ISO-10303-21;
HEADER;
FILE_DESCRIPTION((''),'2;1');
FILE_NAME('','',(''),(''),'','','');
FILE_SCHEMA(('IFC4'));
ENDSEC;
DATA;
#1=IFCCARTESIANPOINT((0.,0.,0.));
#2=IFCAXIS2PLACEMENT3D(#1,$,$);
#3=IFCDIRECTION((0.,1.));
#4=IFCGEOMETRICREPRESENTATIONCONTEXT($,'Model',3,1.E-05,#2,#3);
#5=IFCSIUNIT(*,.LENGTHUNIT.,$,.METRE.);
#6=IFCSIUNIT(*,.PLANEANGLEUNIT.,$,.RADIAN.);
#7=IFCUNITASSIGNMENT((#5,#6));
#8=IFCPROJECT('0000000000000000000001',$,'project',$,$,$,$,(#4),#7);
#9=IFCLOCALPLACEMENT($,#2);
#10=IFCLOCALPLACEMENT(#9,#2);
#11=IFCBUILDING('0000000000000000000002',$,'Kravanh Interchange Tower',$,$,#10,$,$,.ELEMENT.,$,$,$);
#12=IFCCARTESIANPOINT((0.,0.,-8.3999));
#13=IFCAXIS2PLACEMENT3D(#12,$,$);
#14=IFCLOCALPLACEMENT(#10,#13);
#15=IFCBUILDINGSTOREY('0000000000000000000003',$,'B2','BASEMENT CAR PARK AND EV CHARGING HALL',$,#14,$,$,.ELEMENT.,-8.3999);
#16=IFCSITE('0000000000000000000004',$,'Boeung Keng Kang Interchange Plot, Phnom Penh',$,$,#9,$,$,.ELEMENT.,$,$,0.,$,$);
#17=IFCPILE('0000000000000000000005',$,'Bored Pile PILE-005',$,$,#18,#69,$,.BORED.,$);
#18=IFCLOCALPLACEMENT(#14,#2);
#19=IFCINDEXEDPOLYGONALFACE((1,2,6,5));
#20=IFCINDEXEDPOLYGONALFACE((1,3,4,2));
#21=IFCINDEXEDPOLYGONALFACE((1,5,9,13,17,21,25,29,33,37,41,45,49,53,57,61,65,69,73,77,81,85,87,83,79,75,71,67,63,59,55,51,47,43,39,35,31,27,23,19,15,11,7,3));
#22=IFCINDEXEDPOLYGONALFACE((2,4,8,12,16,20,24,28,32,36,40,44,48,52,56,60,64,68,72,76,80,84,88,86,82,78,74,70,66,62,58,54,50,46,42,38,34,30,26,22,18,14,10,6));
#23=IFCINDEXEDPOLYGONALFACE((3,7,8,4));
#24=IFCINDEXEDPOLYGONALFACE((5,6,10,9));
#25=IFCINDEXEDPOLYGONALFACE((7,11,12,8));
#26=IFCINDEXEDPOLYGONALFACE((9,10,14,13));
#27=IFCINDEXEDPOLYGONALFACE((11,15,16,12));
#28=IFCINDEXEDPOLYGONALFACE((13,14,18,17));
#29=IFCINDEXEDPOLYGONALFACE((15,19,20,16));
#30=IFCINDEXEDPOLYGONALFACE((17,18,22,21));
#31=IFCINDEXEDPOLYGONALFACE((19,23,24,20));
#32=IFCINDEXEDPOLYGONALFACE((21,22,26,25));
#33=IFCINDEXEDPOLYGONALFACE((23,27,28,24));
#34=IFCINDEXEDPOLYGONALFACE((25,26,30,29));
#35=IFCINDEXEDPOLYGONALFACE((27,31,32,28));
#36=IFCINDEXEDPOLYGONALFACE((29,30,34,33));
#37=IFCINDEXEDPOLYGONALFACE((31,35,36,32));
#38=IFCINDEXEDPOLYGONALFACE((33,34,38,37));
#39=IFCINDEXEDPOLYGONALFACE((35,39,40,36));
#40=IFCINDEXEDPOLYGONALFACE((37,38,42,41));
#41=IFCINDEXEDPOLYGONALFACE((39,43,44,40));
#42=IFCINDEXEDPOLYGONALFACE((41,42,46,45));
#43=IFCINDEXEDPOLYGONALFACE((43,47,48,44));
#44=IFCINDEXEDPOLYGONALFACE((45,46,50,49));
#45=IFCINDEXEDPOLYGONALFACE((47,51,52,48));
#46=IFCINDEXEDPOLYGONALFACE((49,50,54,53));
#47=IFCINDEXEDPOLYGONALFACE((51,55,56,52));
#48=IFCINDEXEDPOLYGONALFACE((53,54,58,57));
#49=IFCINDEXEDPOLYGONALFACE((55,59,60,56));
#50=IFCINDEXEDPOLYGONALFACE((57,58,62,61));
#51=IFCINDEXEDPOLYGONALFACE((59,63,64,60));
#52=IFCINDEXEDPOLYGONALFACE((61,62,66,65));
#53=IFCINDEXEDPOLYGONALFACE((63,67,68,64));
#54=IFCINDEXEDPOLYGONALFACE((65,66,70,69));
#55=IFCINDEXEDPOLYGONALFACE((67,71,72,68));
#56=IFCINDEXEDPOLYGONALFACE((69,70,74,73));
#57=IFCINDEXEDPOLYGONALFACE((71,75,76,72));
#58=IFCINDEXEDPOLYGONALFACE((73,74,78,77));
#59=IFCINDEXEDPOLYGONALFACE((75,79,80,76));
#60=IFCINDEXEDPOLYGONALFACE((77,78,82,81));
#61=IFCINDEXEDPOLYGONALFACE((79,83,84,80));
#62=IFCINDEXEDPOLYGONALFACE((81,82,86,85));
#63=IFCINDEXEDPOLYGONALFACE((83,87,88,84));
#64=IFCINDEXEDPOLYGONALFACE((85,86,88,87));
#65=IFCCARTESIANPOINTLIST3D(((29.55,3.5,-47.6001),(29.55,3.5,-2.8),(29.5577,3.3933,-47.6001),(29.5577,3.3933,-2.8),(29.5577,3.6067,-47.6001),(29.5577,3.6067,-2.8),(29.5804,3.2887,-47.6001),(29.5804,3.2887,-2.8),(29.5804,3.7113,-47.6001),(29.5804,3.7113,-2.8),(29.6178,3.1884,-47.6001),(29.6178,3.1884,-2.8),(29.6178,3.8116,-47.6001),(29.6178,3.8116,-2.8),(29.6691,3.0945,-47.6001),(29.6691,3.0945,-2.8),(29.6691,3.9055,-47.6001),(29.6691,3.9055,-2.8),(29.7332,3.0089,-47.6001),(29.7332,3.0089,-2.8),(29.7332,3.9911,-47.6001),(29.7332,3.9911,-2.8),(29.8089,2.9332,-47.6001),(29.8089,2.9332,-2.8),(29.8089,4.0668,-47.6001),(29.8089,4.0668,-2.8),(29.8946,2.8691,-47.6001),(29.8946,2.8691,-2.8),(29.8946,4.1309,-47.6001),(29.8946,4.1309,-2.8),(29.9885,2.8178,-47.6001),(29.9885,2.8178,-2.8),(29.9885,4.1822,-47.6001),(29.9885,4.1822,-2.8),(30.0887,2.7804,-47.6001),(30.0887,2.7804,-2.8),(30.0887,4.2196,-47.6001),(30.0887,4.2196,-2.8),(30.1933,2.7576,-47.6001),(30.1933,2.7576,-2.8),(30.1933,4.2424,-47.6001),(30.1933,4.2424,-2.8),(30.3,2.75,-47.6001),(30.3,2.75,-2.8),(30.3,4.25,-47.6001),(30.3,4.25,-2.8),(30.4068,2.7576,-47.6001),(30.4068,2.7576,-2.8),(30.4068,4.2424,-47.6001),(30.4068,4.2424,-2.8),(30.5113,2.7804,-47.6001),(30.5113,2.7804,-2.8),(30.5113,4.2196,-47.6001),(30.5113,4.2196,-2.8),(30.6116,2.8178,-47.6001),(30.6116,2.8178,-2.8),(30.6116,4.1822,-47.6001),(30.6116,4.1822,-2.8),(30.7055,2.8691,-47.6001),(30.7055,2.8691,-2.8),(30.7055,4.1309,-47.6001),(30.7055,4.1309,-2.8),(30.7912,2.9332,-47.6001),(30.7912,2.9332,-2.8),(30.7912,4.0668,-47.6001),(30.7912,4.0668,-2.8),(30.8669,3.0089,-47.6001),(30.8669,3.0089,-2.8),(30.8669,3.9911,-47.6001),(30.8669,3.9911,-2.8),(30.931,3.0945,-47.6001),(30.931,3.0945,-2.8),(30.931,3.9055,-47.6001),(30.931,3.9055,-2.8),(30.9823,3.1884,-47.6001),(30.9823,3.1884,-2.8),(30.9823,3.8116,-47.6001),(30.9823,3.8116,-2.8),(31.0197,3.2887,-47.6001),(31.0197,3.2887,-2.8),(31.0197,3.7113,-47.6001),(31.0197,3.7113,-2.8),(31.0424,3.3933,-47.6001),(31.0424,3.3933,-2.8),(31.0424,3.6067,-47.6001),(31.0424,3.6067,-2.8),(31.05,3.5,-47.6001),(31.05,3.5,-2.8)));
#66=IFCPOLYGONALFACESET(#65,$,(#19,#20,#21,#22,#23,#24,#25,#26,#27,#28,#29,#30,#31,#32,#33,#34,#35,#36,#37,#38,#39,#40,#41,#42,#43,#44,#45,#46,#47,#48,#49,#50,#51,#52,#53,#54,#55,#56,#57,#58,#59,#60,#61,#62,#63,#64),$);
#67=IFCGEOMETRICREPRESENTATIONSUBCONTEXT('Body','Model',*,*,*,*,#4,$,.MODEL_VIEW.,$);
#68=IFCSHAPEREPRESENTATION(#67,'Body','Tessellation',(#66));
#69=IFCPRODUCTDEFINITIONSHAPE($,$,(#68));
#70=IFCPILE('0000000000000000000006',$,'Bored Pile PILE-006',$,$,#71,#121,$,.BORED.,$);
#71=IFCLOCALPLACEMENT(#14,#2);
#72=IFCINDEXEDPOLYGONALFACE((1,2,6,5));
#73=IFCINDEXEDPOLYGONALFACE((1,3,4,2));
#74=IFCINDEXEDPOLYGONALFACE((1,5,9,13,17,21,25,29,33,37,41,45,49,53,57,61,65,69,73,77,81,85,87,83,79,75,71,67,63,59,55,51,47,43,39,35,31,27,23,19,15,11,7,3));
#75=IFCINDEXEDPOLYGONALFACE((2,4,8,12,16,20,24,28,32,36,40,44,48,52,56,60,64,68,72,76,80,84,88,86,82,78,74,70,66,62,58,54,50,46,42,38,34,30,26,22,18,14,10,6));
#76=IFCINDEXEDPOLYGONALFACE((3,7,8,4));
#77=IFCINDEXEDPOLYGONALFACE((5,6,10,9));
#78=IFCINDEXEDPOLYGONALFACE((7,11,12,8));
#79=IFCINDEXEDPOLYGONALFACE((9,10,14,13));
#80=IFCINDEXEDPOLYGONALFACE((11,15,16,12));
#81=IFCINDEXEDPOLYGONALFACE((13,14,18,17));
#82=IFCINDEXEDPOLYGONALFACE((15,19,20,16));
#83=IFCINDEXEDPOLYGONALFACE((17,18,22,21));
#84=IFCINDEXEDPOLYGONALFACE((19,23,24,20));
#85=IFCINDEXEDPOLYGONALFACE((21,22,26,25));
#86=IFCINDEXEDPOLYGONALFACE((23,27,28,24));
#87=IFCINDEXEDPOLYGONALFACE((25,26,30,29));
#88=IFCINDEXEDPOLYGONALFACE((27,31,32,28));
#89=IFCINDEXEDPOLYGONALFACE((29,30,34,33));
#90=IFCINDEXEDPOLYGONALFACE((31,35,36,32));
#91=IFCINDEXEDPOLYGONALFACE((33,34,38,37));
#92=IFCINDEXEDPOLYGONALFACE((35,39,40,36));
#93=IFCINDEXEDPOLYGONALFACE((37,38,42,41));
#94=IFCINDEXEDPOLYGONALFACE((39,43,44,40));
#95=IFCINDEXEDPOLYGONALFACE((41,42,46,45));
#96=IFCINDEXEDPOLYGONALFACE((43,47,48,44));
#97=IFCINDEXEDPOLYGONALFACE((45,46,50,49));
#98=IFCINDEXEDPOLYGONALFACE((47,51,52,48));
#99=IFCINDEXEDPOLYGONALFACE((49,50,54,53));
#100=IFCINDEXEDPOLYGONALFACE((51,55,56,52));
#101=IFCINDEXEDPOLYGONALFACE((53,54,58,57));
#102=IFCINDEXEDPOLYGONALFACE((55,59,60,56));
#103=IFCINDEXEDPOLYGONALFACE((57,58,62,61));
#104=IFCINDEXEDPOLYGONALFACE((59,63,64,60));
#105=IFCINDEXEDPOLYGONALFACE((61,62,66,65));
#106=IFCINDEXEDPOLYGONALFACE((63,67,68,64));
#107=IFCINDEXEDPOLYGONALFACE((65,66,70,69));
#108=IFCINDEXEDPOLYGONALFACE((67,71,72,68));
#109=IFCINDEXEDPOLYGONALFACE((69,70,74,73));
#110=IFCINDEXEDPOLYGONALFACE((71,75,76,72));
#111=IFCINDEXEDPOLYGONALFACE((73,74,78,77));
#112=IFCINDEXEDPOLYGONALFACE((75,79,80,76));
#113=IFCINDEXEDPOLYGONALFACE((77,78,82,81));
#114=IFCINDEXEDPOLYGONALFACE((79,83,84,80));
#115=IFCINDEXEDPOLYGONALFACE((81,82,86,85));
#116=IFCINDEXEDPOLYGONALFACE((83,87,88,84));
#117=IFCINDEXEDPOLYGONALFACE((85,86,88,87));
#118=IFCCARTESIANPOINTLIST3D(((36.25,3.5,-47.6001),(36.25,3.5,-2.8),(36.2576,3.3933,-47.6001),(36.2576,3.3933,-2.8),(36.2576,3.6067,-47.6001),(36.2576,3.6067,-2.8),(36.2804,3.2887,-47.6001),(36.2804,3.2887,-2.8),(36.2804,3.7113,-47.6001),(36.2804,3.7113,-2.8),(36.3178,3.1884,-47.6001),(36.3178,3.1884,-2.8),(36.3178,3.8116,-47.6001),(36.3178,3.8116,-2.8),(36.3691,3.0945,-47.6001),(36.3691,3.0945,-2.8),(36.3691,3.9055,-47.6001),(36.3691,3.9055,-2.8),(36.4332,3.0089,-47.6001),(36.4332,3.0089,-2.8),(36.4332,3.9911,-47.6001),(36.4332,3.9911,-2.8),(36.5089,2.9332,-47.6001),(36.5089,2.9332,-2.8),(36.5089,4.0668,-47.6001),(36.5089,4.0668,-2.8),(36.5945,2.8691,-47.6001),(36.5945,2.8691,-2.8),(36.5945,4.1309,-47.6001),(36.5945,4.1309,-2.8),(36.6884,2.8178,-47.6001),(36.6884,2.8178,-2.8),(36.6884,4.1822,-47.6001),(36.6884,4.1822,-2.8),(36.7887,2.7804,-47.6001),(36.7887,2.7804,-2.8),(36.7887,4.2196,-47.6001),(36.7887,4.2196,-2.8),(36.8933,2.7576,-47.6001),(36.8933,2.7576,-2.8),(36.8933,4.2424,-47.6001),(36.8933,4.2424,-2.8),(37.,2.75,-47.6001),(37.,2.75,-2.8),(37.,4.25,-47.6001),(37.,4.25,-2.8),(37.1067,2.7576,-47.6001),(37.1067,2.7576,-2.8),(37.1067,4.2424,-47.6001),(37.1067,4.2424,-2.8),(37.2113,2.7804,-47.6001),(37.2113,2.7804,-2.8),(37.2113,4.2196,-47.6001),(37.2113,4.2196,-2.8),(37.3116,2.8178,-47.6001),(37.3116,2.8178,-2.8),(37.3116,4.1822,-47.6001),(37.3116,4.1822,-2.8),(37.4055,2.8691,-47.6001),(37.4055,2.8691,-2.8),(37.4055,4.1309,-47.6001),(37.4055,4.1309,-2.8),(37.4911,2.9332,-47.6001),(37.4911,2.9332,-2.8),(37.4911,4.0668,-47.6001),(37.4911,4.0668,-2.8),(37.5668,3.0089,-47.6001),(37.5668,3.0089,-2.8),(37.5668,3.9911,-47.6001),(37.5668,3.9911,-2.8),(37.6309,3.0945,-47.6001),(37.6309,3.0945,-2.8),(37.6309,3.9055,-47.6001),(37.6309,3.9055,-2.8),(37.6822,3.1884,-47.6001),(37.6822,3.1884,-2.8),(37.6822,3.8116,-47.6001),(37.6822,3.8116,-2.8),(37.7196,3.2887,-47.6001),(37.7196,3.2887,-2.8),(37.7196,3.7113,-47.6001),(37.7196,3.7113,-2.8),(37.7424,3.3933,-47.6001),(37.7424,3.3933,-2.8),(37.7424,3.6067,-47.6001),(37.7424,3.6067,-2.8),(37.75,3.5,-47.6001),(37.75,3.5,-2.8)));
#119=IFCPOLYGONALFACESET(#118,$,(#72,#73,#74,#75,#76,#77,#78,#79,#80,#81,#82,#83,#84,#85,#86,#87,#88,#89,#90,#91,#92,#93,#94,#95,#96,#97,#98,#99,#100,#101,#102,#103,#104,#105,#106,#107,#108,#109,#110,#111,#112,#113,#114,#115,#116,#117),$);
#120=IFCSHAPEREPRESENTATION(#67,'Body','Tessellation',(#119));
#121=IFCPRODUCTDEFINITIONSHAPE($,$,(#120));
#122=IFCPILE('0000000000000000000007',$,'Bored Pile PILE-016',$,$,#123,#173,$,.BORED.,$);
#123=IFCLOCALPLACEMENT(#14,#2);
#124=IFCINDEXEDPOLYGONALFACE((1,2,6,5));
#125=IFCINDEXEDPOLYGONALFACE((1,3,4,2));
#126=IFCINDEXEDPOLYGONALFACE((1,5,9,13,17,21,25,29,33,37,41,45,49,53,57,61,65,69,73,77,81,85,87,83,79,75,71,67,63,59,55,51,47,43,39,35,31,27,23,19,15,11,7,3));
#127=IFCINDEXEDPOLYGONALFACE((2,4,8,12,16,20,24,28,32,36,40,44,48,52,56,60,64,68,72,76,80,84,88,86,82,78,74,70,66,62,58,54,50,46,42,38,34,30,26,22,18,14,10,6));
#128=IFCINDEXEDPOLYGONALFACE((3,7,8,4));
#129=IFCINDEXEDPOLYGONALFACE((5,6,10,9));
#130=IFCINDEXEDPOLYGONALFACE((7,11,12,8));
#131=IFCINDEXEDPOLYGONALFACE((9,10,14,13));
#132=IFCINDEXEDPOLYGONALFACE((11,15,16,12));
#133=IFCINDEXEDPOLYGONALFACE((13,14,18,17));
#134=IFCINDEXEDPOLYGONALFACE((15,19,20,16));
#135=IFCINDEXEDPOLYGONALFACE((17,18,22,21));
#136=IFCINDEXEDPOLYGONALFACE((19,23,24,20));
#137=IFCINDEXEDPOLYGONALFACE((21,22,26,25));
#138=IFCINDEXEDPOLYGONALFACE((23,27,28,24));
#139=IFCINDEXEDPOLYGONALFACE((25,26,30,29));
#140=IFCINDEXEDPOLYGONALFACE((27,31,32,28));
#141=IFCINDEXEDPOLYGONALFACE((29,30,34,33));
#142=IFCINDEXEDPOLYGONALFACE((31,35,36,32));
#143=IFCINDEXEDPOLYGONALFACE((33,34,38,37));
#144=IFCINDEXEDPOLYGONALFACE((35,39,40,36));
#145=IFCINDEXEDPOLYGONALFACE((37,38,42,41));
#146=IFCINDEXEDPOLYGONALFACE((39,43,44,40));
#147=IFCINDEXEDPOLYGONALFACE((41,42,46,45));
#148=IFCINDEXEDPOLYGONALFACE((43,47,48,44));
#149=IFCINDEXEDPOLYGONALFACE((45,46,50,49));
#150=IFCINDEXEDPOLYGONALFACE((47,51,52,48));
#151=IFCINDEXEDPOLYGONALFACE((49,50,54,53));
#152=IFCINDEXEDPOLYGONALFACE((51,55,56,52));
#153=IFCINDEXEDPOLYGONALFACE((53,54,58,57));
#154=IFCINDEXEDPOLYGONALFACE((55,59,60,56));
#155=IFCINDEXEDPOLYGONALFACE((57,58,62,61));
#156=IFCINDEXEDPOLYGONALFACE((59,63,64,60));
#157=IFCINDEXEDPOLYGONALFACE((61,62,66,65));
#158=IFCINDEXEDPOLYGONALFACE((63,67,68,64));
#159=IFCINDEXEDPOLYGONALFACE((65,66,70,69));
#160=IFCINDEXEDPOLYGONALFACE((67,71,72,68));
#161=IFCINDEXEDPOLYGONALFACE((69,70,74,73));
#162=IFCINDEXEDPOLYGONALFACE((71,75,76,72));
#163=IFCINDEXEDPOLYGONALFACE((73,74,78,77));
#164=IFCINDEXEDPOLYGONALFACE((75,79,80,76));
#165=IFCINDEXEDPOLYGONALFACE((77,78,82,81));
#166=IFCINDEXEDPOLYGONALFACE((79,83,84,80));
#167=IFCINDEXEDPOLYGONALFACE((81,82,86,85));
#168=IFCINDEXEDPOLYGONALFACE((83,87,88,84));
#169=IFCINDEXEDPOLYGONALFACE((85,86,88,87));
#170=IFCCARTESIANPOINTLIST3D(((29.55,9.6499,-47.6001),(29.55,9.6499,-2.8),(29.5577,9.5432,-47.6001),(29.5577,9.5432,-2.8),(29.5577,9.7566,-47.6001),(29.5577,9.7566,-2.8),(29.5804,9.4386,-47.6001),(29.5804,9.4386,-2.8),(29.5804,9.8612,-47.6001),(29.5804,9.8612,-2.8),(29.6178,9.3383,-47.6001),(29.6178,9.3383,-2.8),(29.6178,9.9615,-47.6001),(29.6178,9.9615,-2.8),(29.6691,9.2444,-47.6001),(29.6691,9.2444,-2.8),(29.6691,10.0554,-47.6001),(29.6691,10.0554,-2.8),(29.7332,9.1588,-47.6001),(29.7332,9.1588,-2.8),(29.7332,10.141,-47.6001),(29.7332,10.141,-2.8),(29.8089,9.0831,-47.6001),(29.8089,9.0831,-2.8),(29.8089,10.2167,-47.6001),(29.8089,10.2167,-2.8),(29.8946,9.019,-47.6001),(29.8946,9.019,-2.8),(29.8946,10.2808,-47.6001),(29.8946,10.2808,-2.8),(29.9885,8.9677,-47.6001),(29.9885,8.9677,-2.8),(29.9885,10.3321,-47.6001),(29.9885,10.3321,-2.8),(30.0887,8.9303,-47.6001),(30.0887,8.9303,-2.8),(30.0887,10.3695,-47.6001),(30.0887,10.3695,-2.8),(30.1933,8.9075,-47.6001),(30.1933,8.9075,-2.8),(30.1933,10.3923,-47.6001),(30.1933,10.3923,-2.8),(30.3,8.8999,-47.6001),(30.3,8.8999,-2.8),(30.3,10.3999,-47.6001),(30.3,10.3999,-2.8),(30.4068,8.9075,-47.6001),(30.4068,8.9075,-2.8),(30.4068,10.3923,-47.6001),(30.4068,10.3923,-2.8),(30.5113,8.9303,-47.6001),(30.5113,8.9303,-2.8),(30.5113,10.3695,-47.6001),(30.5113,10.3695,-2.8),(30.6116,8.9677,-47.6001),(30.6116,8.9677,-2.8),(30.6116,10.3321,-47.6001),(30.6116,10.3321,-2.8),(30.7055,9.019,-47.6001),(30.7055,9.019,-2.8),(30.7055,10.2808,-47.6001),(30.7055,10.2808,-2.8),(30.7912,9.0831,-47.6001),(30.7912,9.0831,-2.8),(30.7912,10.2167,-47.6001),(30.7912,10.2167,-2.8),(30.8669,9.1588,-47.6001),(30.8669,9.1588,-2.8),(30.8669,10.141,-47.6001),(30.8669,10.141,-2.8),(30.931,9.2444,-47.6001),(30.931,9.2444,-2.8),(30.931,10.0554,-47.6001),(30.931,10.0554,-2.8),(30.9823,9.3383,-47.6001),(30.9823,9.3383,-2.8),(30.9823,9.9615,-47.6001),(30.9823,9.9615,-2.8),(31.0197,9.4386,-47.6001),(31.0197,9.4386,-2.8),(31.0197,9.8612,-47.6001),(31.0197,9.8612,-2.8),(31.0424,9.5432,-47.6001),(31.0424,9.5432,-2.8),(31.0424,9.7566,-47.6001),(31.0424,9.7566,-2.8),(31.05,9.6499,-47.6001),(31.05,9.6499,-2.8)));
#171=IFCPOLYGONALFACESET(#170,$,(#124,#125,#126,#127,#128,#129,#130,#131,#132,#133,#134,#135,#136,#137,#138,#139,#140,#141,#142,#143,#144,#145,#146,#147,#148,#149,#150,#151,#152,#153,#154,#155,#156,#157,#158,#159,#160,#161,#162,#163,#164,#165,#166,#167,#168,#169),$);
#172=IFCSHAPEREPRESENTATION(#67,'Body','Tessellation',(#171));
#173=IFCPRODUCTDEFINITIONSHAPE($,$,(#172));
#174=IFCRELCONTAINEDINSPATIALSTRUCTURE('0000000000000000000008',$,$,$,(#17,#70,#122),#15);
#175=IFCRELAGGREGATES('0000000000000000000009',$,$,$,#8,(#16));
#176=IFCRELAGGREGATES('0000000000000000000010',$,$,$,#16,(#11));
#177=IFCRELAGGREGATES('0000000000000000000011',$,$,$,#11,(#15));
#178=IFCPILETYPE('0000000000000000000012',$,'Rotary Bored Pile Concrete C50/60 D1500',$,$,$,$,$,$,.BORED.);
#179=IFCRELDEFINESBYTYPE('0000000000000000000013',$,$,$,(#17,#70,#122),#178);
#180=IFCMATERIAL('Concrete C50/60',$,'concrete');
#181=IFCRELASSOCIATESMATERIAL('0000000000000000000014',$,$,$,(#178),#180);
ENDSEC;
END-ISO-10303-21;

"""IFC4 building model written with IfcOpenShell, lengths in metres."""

from ifc_helpers import new_model, si_unit, direction, frame, origin, origin_2d, place, context, subcontext, project, spatial, circle, extrude, material, material_profile, profile_set, type_object, element, save


model = new_model("IFC4")

# Units and contexts
model_context = context("Model", 3, precision=1e-05, world=origin(), true_north=direction((0.0, 1.0)))
body_context = subcontext(model_context, "Body", "Model", "MODEL_VIEW")
ifc_project = project(units=[si_unit("LENGTHUNIT", "METRE"), si_unit("PLANEANGLEUNIT", "RADIAN")], contexts=[model_context])

# Site, building, storey
site_placement = place(None, origin())
site = spatial("IfcSite", under=ifc_project, at=site_placement, Name="Boeung Keng Kang Interchange Plot, Phnom Penh", CompositionType="ELEMENT", RefElevation=0.0)
building_placement = place(site_placement, origin())
building = spatial("IfcBuilding", under=site, at=building_placement, Name="Kravanh Interchange Tower", CompositionType="ELEMENT")
storey_placement = place(building_placement, frame((0.0, 0.0, -8.3999)))
storey = spatial("IfcBuildingStorey", under=building, at=storey_placement, Name="B2", Description="BASEMENT CAR PARK AND EV CHARGING HALL", CompositionType="ELEMENT", Elevation=-8.3999)

# Piles
ifc_material_1 = material(Name="Concrete C50/60", Category="concrete")
ifc_material_profile_1 = material_profile(ifc_material_1, circle(Radius=0.75, at=origin_2d()), Name="PILE-D1500")
ifc_profile_set_1 = profile_set([ifc_material_profile_1], Name="Concrete C50/60")
pile_type_1 = type_object("IfcPileType", Name="Rotary Bored Pile Concrete C50/60 D1500", PredefinedType="BORED", material=ifc_profile_set_1)
for number, where, z_axis, x_axis, name in (
    (1, (30.3, 3.5, -2.8), (0.0, 0.0, -1.0), (1.0, 0.0, 0.0), "Bored Pile PILE-005"),
    (2, (37.0, 3.5, -2.8), (0.0, 0.0, -1.0), (1.0, 0.0, 0.0), "Bored Pile PILE-006"),
    (3, (30.3, 9.6499, -2.8), (0.0, 0.0, -1.0), (1.0, 0.0, 0.0), "Bored Pile PILE-016"),
):
    element("IfcPile", number, at=place(storey_placement, frame(where, z_axis=z_axis, x_axis=x_axis)), inside=storey, type_object=pile_type_1, Name=name, PredefinedType="BORED", context=body_context, shape_type="SweptSolid", body=[
        extrude(circle(Radius=0.75, at=origin_2d()), origin(), (0.0, 0.0, 1.0), 44.8),
    ])

save(model, "model.ifc")
